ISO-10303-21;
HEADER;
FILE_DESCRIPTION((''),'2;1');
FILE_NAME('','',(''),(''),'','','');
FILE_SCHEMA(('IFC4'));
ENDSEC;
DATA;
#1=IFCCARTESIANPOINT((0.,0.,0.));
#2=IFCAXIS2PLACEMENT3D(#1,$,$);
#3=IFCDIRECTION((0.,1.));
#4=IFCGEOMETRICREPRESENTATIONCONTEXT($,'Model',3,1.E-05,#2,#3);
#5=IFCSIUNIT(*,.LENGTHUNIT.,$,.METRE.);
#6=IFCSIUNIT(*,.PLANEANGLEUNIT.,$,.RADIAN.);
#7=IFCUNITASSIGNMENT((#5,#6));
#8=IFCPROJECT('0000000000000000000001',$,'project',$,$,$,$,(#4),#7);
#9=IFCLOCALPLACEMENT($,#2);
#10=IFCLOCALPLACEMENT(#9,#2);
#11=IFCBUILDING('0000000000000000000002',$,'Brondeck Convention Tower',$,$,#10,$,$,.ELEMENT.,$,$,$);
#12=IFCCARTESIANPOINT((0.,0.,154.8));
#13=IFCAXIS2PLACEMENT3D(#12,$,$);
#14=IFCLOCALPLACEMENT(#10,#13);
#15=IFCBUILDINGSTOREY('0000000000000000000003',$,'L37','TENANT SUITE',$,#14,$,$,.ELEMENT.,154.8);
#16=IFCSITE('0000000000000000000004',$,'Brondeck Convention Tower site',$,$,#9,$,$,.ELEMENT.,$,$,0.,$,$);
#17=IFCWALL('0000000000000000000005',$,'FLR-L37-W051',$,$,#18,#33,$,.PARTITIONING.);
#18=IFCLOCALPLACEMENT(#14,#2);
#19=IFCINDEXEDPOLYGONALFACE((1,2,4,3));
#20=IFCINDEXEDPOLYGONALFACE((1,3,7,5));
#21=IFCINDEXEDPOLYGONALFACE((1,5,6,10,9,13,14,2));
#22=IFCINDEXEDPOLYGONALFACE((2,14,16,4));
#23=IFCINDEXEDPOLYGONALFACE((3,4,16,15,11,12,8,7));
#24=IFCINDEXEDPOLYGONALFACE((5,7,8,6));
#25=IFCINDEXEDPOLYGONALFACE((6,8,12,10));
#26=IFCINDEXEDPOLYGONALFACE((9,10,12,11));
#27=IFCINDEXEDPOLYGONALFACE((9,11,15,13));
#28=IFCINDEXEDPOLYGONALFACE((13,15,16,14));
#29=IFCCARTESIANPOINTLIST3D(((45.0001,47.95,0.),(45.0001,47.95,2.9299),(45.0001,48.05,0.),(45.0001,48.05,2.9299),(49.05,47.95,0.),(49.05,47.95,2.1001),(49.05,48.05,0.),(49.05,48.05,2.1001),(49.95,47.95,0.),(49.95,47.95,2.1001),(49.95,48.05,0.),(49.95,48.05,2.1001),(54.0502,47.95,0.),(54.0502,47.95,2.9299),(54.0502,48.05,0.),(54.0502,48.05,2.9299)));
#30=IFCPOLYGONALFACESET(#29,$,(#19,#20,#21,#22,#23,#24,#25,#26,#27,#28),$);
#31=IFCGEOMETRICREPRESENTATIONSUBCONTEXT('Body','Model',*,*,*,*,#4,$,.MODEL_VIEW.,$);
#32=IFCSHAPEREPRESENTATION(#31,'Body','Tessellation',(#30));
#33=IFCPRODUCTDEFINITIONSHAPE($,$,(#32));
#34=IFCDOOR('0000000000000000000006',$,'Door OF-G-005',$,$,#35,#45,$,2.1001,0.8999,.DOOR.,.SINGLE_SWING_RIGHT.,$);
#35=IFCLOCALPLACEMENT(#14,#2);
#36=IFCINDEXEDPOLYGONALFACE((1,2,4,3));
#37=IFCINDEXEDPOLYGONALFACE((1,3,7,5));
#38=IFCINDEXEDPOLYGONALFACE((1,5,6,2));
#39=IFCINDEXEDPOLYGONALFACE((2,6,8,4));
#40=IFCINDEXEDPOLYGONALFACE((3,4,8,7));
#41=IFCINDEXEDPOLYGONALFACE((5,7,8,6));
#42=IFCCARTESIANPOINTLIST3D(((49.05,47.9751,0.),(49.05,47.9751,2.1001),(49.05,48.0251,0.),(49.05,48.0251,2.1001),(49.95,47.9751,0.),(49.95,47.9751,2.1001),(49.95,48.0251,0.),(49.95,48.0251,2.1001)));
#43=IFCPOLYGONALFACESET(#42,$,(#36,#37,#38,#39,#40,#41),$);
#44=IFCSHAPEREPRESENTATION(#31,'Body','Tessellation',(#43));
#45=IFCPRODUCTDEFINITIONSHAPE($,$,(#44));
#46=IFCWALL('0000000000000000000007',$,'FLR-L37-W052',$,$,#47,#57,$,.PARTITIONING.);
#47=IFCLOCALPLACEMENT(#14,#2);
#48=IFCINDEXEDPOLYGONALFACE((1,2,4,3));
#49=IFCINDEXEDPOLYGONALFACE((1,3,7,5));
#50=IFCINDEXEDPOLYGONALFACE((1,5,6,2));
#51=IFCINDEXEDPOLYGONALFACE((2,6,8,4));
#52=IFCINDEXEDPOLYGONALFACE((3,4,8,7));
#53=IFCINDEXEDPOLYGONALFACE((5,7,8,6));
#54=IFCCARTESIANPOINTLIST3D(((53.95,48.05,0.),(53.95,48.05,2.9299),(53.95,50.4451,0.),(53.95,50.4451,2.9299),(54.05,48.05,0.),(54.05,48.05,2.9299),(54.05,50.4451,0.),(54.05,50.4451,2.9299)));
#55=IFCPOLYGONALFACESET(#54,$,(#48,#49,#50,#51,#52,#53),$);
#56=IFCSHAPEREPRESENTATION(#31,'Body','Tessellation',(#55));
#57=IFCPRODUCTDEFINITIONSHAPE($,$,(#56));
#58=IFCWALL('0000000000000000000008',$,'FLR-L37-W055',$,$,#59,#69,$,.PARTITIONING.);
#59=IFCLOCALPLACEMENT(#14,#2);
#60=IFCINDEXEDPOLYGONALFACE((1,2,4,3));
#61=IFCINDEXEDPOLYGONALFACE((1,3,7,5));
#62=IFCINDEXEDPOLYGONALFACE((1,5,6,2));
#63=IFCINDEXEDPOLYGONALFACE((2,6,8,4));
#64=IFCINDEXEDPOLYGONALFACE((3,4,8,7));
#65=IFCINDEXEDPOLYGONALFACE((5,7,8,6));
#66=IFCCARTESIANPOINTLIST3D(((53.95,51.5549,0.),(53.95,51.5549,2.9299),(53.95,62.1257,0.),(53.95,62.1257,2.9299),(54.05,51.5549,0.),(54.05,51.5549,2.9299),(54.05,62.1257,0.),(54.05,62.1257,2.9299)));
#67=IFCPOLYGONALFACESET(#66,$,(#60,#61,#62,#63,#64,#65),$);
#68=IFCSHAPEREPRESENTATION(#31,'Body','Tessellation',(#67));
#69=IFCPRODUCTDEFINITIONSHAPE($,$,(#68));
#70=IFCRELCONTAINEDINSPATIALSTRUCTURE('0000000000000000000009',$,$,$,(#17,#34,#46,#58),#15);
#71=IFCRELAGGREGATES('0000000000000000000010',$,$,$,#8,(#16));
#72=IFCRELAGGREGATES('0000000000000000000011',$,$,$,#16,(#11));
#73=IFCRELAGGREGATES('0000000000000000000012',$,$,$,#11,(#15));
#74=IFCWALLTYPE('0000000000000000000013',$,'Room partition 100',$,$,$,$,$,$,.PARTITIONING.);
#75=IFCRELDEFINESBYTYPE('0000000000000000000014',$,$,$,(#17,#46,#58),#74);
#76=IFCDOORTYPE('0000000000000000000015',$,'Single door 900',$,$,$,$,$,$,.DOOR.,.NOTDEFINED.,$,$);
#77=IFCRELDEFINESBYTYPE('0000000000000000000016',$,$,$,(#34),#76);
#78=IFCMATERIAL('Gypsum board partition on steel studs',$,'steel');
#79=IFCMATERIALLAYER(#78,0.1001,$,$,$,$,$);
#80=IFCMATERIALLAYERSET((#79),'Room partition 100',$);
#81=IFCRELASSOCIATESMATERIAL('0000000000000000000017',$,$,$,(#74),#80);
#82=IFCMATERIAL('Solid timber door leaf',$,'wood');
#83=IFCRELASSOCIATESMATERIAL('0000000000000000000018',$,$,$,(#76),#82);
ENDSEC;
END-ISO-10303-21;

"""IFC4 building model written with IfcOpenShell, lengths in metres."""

from ifc_helpers import new_model, si_unit, direction, frame, frame_2d, origin, place, context, subcontext, project, spatial, rectangle, extrude, material, layer, layer_set, type_object, element, fill, save


model = new_model("IFC4")

# Units and contexts
model_context = context("Model", 3, precision=1e-05, world=origin(), true_north=direction((0.0, 1.0)))
body_context = subcontext(model_context, "Body", "Model", "MODEL_VIEW")
ifc_project = project(units=[si_unit("LENGTHUNIT", "METRE"), si_unit("PLANEANGLEUNIT", "RADIAN")], contexts=[model_context])

# Site, building, storey
site_placement = place(None, origin())
site = spatial("IfcSite", under=ifc_project, at=site_placement, Name="Brondeck Convention Tower site", CompositionType="ELEMENT", RefElevation=0.0)
building_placement = place(site_placement, origin())
building = spatial("IfcBuilding", under=site, at=building_placement, Name="Brondeck Convention Tower", CompositionType="ELEMENT")
storey_placement = place(building_placement, frame((0.0, 0.0, 154.8)))
storey = spatial("IfcBuildingStorey", under=building, at=storey_placement, Name="L37", Description="TENANT SUITE", CompositionType="ELEMENT", Elevation=154.8)

# Wall, opening, door
ifc_material_1 = material(Name="Gypsum board partition on steel studs", Category="steel")
ifc_layer_1 = layer(ifc_material_1, 0.1001)
ifc_layer_set_1 = layer_set([ifc_layer_1], Name="Room partition 100")
wall_type_1 = type_object("IfcWallType", Name="Room partition 100", PredefinedType="PARTITIONING", material=ifc_layer_set_1)
wall_1_placement = place(storey_placement, frame((54.05, 48.0, 0.0), z_axis=(0.0, 0.0, 1.0), x_axis=(-1.0, 0.0, 0.0)))
wall_1 = element("IfcWall", 1, at=wall_1_placement, inside=storey, type_object=wall_type_1, Name="FLR-L37-W051", PredefinedType="PARTITIONING", context=body_context, shape_type="SweptSolid", body=[
    extrude(rectangle(XDim=9.05, YDim=0.1001, at=frame_2d((4.5249, 0.0))), origin(), (0.0, 0.0, 1.0), 2.9299),
])
opening_1_placement = place(wall_1_placement, frame((4.1001, 0.0, 0.0)))
opening_1 = element("IfcOpeningElement", 2, at=opening_1_placement, cuts=wall_1, PredefinedType="OPENING", context=body_context, shape_type="SweptSolid", body=[
    extrude(rectangle(XDim=0.8999, YDim=2.1001, at=frame_2d((0.45, 1.05))), frame((0.0, 0.0601, 0.0), z_axis=(0.0, -1.0, 0.0), x_axis=(1.0, 0.0, 0.0)), (0.0, 0.0, 1.0), 0.1201),
])
ifc_material_2 = material(Name="Solid timber door leaf", Category="wood")
door_type = type_object("IfcDoorType", Name="Single door 900", OperationType="NOTDEFINED", PredefinedType="DOOR", material=ifc_material_2)
door_placement = place(opening_1_placement, origin())
door = element("IfcDoor", 3, at=door_placement, inside=storey, type_object=door_type, Name="Door OF-G-005", OperationType="SINGLE_SWING_RIGHT", OverallHeight=2.1001, OverallWidth=0.8999, PredefinedType="DOOR", context=body_context, shape_type="SweptSolid", body=[
    extrude(rectangle(XDim=0.8999, YDim=2.1001, at=frame_2d((0.45, 1.05))), frame((0.0, 0.0249, 0.0), z_axis=(0.0, -1.0, 0.0), x_axis=(1.0, 0.0, 0.0)), (0.0, 0.0, 1.0), 0.05),
])
fill(opening_1, door)

# Walls
wall_2_placement = place(storey_placement, frame((54.0, 50.4451, 0.0), z_axis=(0.0, 0.0, 1.0), x_axis=(0.0, -1.0, 0.0)))
element("IfcWall", 4, at=wall_2_placement, inside=storey, type_object=wall_type_1, Name="FLR-L37-W052", PredefinedType="PARTITIONING", context=body_context, shape_type="SweptSolid", body=[
    extrude(rectangle(XDim=2.395, YDim=0.1001, at=frame_2d((1.1975, 0.0))), origin(), (0.0, 0.0, 1.0), 2.9299),
])
wall_3_placement = place(storey_placement, frame((54.0, 51.5549, 0.0), z_axis=(0.0, 0.0, 1.0), x_axis=(0.0, 1.0, 0.0)))
element("IfcWall", 5, at=wall_3_placement, inside=storey, type_object=wall_type_1, Name="FLR-L37-W055", PredefinedType="PARTITIONING", context=body_context, shape_type="SweptSolid", body=[
    extrude(rectangle(XDim=10.5708, YDim=0.1001, at=frame_2d((5.2854, 0.0))), origin(), (0.0, 0.0, 1.0), 2.9299),
])

save(model, "model.ifc")
